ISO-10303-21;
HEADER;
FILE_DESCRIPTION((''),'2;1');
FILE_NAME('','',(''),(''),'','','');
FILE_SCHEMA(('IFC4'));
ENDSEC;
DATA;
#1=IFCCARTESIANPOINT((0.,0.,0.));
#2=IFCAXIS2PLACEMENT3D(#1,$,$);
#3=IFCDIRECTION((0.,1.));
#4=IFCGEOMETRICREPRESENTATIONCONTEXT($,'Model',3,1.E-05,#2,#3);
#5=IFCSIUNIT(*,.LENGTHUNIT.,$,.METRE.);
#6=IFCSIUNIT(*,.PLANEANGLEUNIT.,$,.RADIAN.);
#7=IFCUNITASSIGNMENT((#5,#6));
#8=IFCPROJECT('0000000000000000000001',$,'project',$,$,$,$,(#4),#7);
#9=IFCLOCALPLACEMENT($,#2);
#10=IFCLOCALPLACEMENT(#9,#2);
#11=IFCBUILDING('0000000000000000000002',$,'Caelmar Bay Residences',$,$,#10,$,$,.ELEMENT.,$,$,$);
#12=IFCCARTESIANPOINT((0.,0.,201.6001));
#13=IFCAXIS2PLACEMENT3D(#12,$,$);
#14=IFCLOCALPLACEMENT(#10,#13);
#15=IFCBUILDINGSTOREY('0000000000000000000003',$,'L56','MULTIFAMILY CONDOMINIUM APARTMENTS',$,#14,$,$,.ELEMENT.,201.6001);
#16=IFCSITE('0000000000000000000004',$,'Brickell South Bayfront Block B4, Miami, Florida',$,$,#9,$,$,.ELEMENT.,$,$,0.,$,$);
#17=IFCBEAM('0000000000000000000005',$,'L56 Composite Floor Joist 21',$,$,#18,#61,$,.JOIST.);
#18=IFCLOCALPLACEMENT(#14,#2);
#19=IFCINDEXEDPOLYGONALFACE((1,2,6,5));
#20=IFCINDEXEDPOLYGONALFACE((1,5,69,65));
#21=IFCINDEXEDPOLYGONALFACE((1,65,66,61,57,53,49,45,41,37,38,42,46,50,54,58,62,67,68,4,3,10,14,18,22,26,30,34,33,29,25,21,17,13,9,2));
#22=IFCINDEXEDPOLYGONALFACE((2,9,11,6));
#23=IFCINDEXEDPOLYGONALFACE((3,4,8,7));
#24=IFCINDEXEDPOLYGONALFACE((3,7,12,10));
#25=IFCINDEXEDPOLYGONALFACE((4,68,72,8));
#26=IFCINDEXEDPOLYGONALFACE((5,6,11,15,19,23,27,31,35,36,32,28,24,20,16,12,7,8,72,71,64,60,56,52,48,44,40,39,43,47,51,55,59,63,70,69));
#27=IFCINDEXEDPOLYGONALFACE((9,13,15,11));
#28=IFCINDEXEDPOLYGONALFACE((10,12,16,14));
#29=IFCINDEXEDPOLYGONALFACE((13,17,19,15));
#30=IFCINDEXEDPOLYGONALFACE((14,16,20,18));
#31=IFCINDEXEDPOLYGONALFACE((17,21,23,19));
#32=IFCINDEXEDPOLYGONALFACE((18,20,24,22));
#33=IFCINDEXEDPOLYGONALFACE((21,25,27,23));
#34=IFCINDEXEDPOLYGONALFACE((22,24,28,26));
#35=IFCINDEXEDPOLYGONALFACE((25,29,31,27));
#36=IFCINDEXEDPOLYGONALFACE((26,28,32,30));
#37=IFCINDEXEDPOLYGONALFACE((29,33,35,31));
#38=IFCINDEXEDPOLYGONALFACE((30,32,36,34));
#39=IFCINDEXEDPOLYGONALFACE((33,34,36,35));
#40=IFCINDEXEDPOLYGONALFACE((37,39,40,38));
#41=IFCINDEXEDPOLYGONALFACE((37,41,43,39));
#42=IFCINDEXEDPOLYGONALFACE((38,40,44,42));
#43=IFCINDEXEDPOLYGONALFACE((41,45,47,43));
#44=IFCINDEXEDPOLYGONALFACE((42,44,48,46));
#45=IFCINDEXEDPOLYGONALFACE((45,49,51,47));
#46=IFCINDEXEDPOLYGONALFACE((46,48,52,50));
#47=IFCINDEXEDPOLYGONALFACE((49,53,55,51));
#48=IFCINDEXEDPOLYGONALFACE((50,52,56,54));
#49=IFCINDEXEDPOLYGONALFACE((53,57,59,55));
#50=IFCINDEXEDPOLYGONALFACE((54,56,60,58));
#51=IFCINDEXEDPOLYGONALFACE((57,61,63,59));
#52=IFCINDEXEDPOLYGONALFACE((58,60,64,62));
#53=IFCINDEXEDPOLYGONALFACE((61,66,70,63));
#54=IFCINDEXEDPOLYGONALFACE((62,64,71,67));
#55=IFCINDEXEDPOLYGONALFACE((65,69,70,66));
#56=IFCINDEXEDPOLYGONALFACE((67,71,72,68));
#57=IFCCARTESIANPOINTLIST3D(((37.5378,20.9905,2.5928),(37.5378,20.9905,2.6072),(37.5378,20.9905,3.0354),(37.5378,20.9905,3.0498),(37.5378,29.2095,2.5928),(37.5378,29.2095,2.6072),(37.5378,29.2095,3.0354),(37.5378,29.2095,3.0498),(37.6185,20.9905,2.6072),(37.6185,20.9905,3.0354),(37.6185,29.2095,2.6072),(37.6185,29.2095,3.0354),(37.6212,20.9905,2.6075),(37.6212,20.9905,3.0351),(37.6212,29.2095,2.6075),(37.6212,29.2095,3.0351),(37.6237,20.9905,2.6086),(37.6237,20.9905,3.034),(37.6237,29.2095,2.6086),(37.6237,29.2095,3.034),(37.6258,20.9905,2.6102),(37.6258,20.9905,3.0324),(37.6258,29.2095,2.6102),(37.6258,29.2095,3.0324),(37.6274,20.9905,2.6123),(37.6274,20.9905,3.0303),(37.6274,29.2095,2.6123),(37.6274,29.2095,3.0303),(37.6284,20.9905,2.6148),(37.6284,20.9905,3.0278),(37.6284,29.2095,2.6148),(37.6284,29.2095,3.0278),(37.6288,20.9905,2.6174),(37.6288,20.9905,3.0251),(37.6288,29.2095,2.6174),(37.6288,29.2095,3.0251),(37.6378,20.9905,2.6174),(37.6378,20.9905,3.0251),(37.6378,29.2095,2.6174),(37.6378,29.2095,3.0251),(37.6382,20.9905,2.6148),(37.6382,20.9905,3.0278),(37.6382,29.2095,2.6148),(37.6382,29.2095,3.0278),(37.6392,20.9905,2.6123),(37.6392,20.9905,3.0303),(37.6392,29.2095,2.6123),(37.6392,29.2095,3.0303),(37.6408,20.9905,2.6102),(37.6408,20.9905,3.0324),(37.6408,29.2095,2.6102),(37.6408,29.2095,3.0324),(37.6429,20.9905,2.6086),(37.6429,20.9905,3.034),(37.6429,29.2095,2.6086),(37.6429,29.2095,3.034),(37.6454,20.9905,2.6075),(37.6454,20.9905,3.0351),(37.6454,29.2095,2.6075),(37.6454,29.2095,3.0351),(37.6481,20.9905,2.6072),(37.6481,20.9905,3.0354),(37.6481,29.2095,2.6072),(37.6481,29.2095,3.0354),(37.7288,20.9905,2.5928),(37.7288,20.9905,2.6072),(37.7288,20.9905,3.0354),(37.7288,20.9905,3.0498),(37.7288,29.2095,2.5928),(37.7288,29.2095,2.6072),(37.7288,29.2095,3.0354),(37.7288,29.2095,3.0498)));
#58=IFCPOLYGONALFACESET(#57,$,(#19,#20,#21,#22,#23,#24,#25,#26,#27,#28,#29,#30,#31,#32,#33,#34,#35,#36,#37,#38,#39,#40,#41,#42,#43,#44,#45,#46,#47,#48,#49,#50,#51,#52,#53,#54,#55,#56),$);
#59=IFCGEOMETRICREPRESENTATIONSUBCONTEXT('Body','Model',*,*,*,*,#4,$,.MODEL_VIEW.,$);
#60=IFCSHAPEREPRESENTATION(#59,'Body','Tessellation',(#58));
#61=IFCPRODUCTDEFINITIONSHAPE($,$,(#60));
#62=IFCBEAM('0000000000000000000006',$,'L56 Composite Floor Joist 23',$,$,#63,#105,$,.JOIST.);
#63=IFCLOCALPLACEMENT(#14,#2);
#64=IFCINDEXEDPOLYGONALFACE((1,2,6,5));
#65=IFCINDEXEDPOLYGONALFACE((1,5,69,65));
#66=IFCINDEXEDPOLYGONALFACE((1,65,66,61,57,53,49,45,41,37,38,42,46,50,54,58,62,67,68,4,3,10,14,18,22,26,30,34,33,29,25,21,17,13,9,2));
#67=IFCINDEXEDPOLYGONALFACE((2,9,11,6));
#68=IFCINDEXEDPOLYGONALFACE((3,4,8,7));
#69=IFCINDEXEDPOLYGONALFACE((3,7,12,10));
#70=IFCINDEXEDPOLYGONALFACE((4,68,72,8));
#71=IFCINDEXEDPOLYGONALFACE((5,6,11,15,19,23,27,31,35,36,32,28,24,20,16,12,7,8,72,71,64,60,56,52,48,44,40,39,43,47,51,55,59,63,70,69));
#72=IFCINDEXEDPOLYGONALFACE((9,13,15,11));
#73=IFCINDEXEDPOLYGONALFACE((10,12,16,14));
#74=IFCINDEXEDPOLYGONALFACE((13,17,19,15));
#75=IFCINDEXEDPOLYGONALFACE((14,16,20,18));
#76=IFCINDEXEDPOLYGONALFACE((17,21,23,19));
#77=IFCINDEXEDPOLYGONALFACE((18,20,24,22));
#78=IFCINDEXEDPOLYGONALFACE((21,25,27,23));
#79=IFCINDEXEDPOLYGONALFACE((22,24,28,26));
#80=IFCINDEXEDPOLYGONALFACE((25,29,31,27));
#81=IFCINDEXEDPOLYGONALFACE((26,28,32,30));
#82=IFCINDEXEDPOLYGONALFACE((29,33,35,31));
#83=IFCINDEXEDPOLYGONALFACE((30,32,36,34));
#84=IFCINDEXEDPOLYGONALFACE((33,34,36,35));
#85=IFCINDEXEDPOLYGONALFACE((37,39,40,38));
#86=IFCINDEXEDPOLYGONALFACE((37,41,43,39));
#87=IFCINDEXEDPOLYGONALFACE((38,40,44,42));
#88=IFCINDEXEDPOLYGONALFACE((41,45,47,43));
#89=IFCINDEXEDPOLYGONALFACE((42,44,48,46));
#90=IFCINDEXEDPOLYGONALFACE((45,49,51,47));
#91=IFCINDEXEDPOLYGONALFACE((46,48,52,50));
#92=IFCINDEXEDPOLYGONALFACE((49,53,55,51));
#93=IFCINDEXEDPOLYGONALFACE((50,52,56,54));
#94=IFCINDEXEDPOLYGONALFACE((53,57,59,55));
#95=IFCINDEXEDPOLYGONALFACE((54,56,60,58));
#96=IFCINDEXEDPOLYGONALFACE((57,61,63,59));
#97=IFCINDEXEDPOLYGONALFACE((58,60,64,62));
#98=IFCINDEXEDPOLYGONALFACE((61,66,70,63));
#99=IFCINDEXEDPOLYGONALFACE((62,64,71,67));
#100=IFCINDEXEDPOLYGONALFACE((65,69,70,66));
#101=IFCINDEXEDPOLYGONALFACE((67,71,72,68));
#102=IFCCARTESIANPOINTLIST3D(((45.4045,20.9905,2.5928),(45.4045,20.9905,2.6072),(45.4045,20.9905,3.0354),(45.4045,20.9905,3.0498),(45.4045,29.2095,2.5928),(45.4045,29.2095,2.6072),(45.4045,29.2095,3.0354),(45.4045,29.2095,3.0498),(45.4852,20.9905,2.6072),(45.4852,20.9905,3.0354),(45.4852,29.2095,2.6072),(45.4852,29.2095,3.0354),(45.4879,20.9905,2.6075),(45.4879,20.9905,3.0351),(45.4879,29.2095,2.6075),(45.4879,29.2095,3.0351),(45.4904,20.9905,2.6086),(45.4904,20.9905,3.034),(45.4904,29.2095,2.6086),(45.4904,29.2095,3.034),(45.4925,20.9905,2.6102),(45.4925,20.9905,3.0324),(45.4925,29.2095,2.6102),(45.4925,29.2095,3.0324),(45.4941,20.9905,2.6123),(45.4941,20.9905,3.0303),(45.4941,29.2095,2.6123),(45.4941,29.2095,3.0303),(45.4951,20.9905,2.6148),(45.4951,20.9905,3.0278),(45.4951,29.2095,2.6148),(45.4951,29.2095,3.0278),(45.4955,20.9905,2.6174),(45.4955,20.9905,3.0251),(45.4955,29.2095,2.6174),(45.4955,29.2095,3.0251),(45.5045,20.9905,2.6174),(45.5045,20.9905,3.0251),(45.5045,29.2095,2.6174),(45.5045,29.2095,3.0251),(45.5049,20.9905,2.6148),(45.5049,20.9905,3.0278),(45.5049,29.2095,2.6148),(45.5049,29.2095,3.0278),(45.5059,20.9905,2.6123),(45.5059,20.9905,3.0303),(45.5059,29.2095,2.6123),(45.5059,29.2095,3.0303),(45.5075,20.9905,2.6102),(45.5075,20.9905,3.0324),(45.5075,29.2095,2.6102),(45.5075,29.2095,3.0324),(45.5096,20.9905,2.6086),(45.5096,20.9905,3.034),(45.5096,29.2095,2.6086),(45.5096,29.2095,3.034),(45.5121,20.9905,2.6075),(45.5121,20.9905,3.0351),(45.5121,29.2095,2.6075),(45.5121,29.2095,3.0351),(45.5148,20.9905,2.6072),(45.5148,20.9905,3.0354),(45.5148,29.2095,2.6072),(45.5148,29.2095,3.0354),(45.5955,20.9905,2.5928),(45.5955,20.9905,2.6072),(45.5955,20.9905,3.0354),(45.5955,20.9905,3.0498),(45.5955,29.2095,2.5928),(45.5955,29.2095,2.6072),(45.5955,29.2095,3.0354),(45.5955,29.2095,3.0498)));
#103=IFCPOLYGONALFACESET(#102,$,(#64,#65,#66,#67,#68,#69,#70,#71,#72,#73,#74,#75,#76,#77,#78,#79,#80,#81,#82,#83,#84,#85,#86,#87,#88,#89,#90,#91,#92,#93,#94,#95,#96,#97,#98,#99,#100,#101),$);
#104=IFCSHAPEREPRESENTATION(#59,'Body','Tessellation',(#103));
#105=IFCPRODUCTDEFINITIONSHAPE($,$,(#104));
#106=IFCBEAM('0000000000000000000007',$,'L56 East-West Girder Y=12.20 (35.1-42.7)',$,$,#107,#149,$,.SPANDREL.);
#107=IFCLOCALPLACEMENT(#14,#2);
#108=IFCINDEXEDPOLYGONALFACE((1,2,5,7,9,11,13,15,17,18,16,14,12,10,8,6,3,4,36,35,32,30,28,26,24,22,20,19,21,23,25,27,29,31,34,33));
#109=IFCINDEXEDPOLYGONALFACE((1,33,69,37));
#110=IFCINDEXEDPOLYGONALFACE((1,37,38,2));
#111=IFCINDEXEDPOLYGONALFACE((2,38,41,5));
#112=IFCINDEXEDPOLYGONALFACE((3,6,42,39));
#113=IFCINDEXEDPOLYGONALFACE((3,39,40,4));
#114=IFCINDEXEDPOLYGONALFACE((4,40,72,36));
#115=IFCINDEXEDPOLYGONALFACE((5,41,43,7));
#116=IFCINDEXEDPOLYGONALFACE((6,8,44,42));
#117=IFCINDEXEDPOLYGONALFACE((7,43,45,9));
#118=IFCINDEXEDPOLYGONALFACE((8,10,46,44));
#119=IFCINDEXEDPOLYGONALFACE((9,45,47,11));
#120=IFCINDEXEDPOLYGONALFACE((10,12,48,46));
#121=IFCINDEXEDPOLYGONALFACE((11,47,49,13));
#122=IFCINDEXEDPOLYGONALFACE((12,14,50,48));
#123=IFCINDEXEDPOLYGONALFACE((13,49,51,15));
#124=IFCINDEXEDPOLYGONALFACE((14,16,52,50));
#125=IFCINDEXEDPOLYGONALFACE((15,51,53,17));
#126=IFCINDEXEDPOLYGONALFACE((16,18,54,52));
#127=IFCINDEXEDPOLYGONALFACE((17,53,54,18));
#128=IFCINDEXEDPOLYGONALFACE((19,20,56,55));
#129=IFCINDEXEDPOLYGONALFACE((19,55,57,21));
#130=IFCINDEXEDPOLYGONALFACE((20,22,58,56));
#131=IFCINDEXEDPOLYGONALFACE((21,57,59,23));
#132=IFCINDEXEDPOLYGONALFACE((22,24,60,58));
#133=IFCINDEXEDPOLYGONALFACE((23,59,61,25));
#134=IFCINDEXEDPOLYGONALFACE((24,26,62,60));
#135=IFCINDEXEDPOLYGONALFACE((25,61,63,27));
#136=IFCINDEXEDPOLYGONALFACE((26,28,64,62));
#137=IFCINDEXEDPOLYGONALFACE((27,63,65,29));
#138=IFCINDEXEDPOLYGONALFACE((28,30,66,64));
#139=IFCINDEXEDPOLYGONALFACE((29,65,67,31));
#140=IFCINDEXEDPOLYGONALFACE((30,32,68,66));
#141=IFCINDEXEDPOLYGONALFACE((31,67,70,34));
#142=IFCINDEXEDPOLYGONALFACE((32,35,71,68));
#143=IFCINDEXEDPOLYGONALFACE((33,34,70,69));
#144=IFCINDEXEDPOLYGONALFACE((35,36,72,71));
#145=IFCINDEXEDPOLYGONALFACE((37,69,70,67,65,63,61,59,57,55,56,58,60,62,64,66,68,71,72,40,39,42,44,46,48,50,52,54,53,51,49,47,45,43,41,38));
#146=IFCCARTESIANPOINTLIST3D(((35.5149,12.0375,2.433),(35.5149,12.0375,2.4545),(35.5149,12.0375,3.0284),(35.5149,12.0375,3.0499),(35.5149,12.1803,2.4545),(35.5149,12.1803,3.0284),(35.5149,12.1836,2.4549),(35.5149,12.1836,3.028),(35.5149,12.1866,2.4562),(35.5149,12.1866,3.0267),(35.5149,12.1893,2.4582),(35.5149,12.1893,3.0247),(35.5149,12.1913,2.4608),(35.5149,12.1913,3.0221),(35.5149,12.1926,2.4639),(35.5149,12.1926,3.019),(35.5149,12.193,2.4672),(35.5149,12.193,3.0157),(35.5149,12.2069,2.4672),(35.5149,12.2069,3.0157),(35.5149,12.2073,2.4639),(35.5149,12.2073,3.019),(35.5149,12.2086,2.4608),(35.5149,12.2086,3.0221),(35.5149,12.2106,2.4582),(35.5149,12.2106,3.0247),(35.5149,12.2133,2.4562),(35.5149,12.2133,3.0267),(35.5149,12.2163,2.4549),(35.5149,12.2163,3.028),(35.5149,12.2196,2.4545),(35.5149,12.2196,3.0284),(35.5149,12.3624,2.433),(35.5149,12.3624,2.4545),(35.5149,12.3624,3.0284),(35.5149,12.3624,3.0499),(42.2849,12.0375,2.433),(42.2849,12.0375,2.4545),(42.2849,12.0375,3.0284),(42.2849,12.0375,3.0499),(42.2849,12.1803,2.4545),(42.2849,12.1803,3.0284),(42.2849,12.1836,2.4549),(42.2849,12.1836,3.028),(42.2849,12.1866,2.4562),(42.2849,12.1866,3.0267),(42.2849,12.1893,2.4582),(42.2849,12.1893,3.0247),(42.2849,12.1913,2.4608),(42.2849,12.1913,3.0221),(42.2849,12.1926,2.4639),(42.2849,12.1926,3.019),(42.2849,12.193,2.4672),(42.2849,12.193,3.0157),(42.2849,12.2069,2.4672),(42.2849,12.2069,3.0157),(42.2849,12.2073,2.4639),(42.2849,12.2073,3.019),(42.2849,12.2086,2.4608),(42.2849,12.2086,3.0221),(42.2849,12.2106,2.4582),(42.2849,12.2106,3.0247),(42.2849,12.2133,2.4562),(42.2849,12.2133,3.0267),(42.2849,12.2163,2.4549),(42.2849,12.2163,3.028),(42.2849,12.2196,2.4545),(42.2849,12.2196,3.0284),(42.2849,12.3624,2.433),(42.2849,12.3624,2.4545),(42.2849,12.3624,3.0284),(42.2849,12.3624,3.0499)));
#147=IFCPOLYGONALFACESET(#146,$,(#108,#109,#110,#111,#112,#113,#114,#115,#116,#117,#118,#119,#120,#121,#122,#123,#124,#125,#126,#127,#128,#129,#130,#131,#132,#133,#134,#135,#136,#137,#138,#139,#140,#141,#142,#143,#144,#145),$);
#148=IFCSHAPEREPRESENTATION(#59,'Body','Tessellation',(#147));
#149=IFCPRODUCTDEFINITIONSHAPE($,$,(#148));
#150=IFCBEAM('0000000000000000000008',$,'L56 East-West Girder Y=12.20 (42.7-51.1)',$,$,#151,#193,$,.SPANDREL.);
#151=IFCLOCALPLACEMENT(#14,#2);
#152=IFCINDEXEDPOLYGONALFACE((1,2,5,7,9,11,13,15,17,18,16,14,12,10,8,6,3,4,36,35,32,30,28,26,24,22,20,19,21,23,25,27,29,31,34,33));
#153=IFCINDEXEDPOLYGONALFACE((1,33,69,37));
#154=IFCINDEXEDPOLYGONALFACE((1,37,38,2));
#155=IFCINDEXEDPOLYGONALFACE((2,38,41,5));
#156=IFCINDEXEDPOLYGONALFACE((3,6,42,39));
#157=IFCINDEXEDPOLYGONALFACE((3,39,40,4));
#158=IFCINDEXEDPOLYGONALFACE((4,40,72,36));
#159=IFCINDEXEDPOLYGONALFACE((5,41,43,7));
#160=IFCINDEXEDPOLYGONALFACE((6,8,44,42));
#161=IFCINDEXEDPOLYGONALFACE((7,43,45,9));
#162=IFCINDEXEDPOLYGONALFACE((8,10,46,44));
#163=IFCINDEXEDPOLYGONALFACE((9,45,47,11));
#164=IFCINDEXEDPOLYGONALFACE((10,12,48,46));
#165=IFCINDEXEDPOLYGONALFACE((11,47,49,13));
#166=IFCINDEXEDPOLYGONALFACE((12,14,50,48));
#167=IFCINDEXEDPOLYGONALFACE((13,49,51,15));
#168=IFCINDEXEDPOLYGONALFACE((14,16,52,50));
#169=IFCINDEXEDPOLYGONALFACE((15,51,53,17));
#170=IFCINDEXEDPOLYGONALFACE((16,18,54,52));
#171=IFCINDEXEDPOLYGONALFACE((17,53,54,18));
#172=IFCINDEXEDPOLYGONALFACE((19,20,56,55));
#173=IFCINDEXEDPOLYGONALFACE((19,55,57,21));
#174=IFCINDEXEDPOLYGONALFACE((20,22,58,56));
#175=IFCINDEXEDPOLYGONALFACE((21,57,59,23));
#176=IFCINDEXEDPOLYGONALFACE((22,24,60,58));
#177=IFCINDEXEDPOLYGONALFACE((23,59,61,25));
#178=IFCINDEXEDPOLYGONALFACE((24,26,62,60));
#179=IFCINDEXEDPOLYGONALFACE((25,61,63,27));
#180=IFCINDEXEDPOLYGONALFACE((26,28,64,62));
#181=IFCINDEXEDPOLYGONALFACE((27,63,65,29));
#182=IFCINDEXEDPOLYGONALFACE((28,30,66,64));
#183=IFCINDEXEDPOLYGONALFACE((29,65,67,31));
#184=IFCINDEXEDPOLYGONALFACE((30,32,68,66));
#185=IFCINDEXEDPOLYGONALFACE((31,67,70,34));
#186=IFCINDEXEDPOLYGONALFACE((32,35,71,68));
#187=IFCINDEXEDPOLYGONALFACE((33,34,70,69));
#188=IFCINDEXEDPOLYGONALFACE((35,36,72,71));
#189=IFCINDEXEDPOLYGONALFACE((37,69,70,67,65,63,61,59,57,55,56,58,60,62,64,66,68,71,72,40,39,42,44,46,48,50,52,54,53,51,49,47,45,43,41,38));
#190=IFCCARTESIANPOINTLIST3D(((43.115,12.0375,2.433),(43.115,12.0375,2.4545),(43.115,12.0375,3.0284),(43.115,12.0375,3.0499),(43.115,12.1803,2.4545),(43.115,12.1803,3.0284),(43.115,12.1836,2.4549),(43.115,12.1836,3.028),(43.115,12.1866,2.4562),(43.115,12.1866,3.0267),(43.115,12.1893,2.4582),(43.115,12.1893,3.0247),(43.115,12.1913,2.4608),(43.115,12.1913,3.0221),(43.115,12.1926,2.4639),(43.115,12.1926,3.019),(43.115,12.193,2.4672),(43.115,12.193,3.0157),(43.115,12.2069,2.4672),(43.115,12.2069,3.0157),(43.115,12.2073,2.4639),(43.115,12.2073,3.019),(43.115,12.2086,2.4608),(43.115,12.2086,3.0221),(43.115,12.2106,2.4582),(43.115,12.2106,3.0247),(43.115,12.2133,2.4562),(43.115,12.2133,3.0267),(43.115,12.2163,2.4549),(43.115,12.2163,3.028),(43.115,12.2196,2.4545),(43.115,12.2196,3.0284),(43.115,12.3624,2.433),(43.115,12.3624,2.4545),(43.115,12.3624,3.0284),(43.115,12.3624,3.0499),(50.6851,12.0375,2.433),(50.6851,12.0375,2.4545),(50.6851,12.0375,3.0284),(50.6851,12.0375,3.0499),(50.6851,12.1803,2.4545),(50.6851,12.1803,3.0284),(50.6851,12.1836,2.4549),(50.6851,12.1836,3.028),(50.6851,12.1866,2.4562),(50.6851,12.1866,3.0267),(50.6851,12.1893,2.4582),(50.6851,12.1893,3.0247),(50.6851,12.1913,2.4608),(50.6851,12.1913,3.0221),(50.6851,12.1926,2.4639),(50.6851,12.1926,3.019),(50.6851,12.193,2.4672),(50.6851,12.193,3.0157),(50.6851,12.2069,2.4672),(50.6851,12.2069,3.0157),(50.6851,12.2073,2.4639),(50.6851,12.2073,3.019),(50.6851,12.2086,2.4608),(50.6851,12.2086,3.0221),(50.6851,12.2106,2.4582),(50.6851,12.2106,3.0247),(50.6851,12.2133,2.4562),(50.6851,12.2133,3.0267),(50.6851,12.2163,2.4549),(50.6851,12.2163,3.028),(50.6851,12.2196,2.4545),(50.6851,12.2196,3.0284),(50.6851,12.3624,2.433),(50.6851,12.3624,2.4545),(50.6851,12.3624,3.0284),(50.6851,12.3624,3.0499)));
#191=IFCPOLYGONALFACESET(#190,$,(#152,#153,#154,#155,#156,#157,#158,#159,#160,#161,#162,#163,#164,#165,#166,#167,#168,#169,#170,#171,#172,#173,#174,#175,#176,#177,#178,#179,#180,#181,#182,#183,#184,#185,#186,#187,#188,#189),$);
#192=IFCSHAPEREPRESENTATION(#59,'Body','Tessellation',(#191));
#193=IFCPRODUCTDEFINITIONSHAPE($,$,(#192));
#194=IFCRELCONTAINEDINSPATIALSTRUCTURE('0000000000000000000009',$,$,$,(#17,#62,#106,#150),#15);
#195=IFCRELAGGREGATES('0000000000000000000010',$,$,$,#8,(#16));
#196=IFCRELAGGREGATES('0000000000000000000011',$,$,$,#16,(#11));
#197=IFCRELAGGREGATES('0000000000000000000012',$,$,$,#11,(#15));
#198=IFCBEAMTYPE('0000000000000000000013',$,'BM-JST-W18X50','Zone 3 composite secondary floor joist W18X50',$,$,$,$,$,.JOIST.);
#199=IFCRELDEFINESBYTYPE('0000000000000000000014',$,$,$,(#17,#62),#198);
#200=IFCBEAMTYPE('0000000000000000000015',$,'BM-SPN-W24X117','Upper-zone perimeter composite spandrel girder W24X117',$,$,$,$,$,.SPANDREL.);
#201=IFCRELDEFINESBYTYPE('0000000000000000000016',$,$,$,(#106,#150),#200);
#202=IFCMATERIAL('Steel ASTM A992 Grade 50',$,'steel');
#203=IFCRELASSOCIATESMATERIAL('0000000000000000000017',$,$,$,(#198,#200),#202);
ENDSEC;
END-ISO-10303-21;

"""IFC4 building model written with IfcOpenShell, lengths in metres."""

from ifc_helpers import new_model, si_unit, direction, frame, origin, origin_2d, place, context, subcontext, project, spatial, i_section, extrude, material, material_profile, profile_set, type_object, element, save


model = new_model("IFC4")

# Units and contexts
model_context = context("Model", 3, precision=1e-05, world=origin(), true_north=direction((0.0, 1.0)))
body_context = subcontext(model_context, "Body", "Model", "MODEL_VIEW")
ifc_project = project(units=[si_unit("LENGTHUNIT", "METRE"), si_unit("PLANEANGLEUNIT", "RADIAN")], contexts=[model_context])

# Site, building, storey
site_placement = place(None, origin())
site = spatial("IfcSite", under=ifc_project, at=site_placement, Name="Brickell South Bayfront Block B4, Miami, Florida", CompositionType="ELEMENT", RefElevation=0.0)
building_placement = place(site_placement, origin())
building = spatial("IfcBuilding", under=site, at=building_placement, Name="Caelmar Bay Residences", CompositionType="ELEMENT")
storey_placement = place(building_placement, frame((0.0, 0.0, 201.6001)))
storey = spatial("IfcBuildingStorey", under=building, at=storey_placement, Name="L56", Description="MULTIFAMILY CONDOMINIUM APARTMENTS", CompositionType="ELEMENT", Elevation=201.6001)

# Beams
ifc_material_1 = material(Name="Steel ASTM A992 Grade 50", Category="steel")
ifc_material_profile_1 = material_profile(ifc_material_1, i_section(OverallWidth=0.1909, OverallDepth=0.457, WebThickness=0.009, FlangeThickness=0.0144, FilletRadius=0.0103, at=origin_2d()), Name="W18X50")
ifc_profile_set_1 = profile_set([ifc_material_profile_1], Name="Steel ASTM A992 Grade 50")
beam_type_1 = type_object("IfcBeamType", Name="BM-JST-W18X50", Description="Zone 3 composite secondary floor joist W18X50", PredefinedType="JOIST", material=ifc_profile_set_1)
for number, where, z_axis, x_axis, name in (
    (1, (37.6333, 20.9905, 2.8213), (0.0, 1.0, 0.0), (-1.0, 0.0, 0.0), "L56 Composite Floor Joist 21"),
    (2, (45.5, 20.9905, 2.8213), (0.0, 1.0, 0.0), (-1.0, 0.0, 0.0), "L56 Composite Floor Joist 23"),
):
    element("IfcBeam", number, at=place(storey_placement, frame(where, z_axis=z_axis, x_axis=x_axis)), inside=storey, type_object=beam_type_1, Name=name, PredefinedType="JOIST", context=body_context, shape_type="SweptSolid", body=[
        extrude(i_section(OverallWidth=0.1909, OverallDepth=0.457, WebThickness=0.009, FlangeThickness=0.0144, FilletRadius=0.0103, at=origin_2d()), origin(), (0.0, 0.0, 1.0), 8.219),
    ])
ifc_material_profile_2 = material_profile(ifc_material_1, i_section(OverallWidth=0.325, OverallDepth=0.6169, WebThickness=0.0139, FlangeThickness=0.0215, FilletRadius=0.0127, at=origin_2d()), Name="W24X117")
ifc_profile_set_2 = profile_set([ifc_material_profile_2], Name="Steel ASTM A992 Grade 50")
beam_type_2 = type_object("IfcBeamType", Name="BM-SPN-W24X117", Description="Upper-zone perimeter composite spandrel girder W24X117", PredefinedType="SPANDREL", material=ifc_profile_set_2)
beam_1_placement = place(storey_placement, frame((35.5149, 12.2, 2.7415), z_axis=(1.0, 0.0, 0.0), x_axis=(0.0, 1.0, 0.0)))
element("IfcBeam", 3, at=beam_1_placement, inside=storey, type_object=beam_type_2, Name="L56 East-West Girder Y=12.20 (35.1-42.7)", PredefinedType="SPANDREL", context=body_context, shape_type="SweptSolid", body=[
    extrude(i_section(OverallWidth=0.325, OverallDepth=0.6169, WebThickness=0.0139, FlangeThickness=0.0215, FilletRadius=0.0127, at=origin_2d()), origin(), (0.0, 0.0, 1.0), 6.77),
])
beam_2_placement = place(storey_placement, frame((43.115, 12.2, 2.7415), z_axis=(1.0, 0.0, 0.0), x_axis=(0.0, 1.0, 0.0)))
element("IfcBeam", 4, at=beam_2_placement, inside=storey, type_object=beam_type_2, Name="L56 East-West Girder Y=12.20 (42.7-51.1)", PredefinedType="SPANDREL", context=body_context, shape_type="SweptSolid", body=[
    extrude(i_section(OverallWidth=0.325, OverallDepth=0.6169, WebThickness=0.0139, FlangeThickness=0.0215, FilletRadius=0.0127, at=origin_2d()), origin(), (0.0, 0.0, 1.0), 7.5701),
])

save(model, "model.ifc")
